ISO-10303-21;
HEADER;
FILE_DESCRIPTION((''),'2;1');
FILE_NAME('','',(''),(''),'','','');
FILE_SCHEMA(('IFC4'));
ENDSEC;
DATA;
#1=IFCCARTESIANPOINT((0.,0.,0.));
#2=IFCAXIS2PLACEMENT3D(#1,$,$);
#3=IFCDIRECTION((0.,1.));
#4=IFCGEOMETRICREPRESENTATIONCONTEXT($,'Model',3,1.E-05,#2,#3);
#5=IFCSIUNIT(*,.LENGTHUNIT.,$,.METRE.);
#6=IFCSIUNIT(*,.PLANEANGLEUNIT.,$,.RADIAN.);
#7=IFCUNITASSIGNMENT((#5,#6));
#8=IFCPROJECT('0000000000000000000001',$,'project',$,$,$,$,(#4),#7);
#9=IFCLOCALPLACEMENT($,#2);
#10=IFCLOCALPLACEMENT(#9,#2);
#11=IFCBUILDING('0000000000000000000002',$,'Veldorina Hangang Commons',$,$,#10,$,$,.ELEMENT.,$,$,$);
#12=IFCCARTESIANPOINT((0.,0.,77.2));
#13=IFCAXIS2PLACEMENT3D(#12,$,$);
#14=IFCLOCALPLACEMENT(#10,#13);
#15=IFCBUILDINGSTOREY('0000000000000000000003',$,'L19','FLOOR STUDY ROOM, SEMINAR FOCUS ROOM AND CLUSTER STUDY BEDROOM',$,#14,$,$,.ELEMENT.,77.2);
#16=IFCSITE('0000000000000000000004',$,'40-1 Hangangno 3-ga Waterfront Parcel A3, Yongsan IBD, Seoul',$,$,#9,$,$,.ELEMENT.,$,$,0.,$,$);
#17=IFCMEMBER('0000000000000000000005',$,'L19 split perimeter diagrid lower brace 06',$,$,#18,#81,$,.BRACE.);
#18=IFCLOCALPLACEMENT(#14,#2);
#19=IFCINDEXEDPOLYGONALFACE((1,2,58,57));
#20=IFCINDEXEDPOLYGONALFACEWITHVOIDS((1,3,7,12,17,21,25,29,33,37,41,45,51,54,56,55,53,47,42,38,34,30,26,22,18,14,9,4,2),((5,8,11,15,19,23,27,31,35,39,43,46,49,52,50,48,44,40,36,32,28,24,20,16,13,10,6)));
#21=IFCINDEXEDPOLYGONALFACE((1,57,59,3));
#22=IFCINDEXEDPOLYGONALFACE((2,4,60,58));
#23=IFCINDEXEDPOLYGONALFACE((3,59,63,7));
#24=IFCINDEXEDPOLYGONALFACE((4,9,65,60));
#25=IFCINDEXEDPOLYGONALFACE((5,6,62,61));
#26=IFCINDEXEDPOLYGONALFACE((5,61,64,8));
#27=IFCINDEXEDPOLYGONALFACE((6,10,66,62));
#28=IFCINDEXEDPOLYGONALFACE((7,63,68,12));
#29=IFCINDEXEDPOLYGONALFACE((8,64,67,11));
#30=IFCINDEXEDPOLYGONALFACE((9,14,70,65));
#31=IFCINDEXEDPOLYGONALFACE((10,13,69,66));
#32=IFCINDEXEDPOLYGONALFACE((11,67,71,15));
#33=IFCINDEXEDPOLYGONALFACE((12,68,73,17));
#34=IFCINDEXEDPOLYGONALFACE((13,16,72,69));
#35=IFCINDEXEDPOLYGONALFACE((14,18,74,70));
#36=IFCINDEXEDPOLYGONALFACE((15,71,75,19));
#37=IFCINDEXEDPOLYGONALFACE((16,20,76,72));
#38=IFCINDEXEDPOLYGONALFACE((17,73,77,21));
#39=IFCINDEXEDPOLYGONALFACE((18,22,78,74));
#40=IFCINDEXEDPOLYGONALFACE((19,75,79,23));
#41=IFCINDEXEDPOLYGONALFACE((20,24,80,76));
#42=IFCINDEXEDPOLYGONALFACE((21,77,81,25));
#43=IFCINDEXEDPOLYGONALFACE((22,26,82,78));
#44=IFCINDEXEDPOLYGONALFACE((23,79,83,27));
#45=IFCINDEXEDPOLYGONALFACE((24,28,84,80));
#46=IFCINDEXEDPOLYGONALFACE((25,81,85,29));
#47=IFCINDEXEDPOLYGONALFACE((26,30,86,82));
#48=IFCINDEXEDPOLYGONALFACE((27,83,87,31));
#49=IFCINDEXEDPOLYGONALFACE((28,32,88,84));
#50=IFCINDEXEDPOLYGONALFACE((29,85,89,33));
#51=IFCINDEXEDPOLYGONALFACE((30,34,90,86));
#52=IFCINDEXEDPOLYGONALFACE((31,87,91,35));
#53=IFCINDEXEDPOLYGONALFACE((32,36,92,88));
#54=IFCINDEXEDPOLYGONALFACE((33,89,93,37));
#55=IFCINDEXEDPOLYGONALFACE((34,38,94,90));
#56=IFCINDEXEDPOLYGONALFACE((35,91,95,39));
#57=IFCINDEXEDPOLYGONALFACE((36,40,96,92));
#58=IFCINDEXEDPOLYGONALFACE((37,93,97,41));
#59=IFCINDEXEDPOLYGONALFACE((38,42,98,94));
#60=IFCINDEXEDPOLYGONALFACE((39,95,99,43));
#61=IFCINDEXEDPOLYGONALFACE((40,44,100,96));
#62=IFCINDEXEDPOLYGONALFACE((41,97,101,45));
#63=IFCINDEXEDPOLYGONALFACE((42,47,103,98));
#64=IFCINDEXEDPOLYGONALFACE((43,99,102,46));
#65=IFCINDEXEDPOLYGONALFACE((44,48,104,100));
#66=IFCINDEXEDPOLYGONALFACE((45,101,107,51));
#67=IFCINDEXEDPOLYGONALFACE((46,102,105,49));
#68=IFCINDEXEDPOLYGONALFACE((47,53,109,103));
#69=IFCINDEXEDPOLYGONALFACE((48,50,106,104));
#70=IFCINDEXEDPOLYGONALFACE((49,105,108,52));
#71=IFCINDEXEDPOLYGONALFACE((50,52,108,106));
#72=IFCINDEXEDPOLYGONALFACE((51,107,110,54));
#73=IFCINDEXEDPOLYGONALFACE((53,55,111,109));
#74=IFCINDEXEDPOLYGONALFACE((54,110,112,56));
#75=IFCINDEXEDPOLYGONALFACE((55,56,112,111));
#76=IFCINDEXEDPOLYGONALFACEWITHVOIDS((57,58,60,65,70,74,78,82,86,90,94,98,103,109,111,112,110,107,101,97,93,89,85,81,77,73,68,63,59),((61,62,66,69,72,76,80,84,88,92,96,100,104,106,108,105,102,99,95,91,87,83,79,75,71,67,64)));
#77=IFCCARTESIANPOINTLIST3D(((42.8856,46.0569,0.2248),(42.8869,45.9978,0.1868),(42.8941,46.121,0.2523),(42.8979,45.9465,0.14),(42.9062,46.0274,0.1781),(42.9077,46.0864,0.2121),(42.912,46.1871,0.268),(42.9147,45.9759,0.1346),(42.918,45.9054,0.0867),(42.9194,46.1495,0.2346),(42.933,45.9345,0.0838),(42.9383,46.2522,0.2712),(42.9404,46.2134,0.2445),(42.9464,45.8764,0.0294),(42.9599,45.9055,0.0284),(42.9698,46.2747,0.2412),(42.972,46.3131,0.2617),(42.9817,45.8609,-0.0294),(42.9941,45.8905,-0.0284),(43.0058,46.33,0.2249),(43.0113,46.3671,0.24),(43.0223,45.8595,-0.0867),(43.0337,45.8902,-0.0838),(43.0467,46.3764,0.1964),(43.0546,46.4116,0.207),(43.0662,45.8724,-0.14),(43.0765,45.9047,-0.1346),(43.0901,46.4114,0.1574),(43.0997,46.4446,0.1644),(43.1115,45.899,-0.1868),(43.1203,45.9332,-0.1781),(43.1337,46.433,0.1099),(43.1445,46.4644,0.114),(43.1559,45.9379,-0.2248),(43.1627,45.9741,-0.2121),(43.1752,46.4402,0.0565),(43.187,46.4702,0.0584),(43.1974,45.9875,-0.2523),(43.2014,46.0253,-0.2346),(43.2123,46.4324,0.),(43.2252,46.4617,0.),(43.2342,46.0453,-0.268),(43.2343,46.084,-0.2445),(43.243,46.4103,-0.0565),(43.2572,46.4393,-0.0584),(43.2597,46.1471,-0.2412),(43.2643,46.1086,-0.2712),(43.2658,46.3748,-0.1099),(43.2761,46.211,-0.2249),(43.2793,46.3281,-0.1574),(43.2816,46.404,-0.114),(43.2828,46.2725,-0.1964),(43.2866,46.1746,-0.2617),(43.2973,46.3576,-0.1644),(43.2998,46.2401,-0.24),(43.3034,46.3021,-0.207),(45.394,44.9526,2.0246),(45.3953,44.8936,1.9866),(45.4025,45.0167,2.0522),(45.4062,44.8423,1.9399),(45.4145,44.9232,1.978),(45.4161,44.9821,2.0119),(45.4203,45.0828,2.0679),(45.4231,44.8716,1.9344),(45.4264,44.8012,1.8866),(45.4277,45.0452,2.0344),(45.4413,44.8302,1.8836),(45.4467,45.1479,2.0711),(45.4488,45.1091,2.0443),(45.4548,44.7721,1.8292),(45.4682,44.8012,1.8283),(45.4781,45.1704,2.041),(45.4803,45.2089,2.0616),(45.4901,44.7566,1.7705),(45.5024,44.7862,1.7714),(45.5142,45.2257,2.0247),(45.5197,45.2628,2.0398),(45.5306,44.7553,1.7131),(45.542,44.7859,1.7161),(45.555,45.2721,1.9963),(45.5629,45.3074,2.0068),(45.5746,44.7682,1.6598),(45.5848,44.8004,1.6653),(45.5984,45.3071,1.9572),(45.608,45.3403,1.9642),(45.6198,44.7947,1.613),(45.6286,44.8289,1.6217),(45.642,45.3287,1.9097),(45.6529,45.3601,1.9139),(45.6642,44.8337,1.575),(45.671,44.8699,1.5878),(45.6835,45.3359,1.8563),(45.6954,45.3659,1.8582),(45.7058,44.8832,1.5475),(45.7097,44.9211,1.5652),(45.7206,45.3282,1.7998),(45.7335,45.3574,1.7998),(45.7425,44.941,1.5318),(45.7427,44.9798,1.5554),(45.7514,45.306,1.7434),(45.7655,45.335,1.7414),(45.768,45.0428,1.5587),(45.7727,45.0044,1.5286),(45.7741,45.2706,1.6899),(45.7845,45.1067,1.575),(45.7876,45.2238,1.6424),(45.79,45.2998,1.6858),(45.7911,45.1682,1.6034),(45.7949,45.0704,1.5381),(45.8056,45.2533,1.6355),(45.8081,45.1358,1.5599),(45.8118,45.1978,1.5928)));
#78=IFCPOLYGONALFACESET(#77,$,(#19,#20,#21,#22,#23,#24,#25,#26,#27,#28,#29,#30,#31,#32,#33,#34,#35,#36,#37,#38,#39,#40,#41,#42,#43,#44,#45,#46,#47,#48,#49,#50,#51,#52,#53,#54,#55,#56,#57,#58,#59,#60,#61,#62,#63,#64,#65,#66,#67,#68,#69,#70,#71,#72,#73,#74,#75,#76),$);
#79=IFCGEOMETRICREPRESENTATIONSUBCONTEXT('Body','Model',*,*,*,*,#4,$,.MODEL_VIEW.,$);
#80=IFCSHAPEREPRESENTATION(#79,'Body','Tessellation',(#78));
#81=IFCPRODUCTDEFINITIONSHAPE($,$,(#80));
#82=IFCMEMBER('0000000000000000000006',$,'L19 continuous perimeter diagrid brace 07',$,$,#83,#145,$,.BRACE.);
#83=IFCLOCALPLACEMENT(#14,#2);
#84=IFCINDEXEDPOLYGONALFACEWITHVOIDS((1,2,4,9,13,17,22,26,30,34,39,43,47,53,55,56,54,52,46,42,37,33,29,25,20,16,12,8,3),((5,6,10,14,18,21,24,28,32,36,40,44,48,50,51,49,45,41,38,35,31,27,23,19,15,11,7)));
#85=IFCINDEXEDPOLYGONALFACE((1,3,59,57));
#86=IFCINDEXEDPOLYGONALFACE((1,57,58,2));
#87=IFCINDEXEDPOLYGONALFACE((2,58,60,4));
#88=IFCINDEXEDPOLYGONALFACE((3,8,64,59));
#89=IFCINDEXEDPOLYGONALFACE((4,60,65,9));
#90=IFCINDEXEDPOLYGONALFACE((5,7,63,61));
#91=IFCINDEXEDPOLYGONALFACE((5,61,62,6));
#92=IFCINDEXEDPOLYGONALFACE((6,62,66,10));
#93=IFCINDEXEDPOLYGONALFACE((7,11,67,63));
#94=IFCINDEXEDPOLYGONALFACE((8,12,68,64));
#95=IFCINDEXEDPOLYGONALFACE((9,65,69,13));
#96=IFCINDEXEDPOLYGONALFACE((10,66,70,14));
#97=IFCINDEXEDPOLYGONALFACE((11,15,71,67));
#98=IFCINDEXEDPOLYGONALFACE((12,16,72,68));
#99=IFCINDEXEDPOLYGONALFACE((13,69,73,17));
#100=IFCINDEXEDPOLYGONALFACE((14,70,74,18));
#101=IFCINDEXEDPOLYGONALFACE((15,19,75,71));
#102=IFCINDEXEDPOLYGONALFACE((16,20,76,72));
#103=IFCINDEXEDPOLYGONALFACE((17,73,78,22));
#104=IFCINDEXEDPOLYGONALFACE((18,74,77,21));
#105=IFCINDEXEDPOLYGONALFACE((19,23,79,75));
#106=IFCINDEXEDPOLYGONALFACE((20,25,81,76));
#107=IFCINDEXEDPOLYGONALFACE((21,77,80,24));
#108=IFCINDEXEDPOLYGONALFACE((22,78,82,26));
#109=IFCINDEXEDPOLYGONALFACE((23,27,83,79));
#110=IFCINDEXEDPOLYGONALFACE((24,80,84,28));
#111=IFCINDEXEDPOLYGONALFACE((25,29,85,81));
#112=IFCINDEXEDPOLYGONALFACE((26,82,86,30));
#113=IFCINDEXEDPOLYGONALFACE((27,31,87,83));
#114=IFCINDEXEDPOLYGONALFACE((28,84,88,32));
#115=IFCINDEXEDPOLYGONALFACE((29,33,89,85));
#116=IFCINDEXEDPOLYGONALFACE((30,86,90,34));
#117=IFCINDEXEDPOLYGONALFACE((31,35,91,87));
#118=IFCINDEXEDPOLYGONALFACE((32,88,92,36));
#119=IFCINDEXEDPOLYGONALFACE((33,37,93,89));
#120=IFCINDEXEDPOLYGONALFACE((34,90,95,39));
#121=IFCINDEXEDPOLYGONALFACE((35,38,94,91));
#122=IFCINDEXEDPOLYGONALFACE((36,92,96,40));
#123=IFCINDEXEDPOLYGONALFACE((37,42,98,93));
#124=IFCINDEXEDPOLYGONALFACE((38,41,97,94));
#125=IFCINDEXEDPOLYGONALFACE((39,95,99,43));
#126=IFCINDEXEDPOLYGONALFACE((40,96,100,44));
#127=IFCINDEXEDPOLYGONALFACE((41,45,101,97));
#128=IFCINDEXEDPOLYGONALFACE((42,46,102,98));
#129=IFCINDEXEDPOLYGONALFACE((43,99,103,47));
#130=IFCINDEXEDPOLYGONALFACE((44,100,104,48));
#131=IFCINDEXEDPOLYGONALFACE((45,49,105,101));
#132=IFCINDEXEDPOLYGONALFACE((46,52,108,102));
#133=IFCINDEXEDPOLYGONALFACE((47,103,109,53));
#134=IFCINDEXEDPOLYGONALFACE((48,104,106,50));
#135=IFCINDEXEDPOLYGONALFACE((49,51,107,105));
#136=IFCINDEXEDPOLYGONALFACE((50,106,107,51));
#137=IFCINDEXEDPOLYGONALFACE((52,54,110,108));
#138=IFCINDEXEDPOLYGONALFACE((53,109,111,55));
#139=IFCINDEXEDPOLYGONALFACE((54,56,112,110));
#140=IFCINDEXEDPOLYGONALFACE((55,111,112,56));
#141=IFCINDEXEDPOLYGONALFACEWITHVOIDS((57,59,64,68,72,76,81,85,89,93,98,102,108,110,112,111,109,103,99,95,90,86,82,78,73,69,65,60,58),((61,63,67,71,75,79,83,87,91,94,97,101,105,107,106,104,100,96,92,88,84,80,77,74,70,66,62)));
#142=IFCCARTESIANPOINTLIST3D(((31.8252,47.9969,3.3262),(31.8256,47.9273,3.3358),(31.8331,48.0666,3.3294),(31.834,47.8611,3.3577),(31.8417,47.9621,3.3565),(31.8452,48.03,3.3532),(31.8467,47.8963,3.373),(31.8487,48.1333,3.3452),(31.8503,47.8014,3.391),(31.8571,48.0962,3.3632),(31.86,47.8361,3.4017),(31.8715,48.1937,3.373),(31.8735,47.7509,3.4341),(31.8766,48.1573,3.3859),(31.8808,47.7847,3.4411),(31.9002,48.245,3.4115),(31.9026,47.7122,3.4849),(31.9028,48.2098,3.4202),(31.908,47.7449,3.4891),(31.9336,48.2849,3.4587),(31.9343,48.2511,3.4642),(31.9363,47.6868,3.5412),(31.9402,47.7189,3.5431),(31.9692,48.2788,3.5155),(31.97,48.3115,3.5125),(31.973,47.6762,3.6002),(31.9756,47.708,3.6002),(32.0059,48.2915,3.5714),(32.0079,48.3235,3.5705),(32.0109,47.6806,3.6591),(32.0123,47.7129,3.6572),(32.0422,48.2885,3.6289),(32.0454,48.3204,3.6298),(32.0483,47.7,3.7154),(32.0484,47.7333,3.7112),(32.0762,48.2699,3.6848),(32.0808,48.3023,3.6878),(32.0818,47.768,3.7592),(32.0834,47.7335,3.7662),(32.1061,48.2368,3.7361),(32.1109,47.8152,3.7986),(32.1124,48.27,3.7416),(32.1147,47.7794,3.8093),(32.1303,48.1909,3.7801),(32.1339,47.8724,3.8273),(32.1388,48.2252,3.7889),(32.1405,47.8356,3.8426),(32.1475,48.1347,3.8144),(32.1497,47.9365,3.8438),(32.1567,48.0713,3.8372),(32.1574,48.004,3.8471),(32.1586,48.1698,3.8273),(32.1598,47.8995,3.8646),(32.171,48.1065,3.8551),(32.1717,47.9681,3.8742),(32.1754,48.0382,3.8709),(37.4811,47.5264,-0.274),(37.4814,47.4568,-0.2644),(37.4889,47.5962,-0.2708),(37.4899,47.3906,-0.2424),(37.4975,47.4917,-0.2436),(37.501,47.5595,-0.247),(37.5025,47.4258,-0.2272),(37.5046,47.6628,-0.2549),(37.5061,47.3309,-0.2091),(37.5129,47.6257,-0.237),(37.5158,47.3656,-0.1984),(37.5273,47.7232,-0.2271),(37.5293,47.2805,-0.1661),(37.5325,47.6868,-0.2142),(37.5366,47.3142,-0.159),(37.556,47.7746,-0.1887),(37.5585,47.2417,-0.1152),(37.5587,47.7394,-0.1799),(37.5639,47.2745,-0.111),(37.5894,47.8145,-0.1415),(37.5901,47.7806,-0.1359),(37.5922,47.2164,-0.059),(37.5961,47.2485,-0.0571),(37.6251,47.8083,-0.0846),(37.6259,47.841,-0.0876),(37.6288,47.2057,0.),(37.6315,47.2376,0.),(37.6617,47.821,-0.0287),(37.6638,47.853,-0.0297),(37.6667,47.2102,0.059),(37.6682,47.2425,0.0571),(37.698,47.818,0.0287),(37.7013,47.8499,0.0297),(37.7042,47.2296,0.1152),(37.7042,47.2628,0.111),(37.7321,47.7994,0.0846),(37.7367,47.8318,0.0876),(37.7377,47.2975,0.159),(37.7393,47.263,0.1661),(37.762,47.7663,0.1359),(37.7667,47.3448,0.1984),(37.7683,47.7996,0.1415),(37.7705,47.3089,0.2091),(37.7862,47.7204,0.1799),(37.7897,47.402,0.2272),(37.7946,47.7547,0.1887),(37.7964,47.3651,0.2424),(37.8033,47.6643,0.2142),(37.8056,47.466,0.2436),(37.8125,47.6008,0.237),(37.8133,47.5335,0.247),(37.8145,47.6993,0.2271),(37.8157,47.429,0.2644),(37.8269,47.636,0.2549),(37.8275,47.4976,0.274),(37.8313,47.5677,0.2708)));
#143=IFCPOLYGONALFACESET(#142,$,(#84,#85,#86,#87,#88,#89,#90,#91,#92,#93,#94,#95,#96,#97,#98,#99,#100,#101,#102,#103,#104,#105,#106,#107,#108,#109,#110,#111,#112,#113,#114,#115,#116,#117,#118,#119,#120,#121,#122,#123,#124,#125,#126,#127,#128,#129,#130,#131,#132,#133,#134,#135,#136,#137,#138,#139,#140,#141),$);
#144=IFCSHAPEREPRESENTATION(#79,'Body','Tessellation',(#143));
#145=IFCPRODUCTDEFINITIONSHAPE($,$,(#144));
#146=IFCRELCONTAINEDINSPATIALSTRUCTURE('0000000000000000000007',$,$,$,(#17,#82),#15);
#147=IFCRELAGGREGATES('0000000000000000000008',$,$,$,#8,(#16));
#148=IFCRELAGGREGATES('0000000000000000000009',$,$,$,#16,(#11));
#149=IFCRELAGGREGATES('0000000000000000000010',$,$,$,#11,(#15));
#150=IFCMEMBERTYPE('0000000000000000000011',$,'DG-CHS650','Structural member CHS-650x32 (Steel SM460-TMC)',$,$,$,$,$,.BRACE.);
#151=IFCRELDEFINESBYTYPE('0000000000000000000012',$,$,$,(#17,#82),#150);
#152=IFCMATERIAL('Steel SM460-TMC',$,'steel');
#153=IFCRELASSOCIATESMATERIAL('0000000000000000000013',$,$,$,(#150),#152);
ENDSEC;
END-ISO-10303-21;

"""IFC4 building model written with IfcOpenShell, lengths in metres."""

from ifc_helpers import new_model, si_unit, direction, frame, origin, origin_2d, place, context, subcontext, project, spatial, hollow_circle, extrude, material, material_profile, profile_set, type_object, element, save


model = new_model("IFC4")

# Units and contexts
model_context = context("Model", 3, precision=1e-05, world=origin(), true_north=direction((0.0, 1.0)))
body_context = subcontext(model_context, "Body", "Model", "MODEL_VIEW")
ifc_project = project(units=[si_unit("LENGTHUNIT", "METRE"), si_unit("PLANEANGLEUNIT", "RADIAN")], contexts=[model_context])

# Site, building, storey
site_placement = place(None, origin())
site = spatial("IfcSite", under=ifc_project, at=site_placement, Name="40-1 Hangangno 3-ga Waterfront Parcel A3, Yongsan IBD, Seoul", CompositionType="ELEMENT", RefElevation=0.0)
building_placement = place(site_placement, origin())
building = spatial("IfcBuilding", under=site, at=building_placement, Name="Veldorina Hangang Commons", CompositionType="ELEMENT")
storey_placement = place(building_placement, frame((0.0, 0.0, 77.2)))
storey = spatial("IfcBuildingStorey", under=building, at=storey_placement, Name="L19", Description="FLOOR STUDY ROOM, SEMINAR FOCUS ROOM AND CLUSTER STUDY BEDROOM", CompositionType="ELEMENT", Elevation=77.2)

# Members
ifc_material_1 = material(Name="Steel SM460-TMC", Category="steel")
ifc_material_profile_1 = material_profile(ifc_material_1, hollow_circle(Radius=0.325, WallThickness=0.032, at=origin_2d()), Name="CHS-650x32")
ifc_profile_set_1 = profile_set([ifc_material_profile_1], Name="Steel SM460-TMC")
member_type = type_object("IfcMemberType", Name="DG-CHS650", Description="Structural member CHS-650x32 (Steel SM460-TMC)", PredefinedType="BRACE", material=ifc_profile_set_1)
member_1_placement = place(storey_placement, frame((43.0942, 46.1643, 0.0), z_axis=(0.765016, -0.336789, 0.548929), x_axis=(0.402921, 0.915235, 0.0)))
element("IfcMember", 1, at=member_1_placement, inside=storey, type_object=member_type, Name="L19 split perimeter diagrid lower brace 06", PredefinedType="BRACE", context=body_context, shape_type="SweptSolid", body=[
    extrude(hollow_circle(Radius=0.325, WallThickness=0.032, at=origin_2d()), origin(), (0.0, 0.0, 1.0), 3.2788),
])
member_2_placement = place(storey_placement, frame((37.6558, 47.5295, 0.0), z_axis=(-0.841526, 0.07, 0.535662), x_axis=(-0.082896, -0.996558, 0.0)))
element("IfcMember", 2, at=member_2_placement, inside=storey, type_object=member_type, Name="L19 continuous perimeter diagrid brace 07", PredefinedType="BRACE", context=body_context, shape_type="SweptSolid", body=[
    extrude(hollow_circle(Radius=0.325, WallThickness=0.032, at=origin_2d()), origin(), (0.0, 0.0, 1.0), 6.7209),
])

save(model, "model.ifc")
